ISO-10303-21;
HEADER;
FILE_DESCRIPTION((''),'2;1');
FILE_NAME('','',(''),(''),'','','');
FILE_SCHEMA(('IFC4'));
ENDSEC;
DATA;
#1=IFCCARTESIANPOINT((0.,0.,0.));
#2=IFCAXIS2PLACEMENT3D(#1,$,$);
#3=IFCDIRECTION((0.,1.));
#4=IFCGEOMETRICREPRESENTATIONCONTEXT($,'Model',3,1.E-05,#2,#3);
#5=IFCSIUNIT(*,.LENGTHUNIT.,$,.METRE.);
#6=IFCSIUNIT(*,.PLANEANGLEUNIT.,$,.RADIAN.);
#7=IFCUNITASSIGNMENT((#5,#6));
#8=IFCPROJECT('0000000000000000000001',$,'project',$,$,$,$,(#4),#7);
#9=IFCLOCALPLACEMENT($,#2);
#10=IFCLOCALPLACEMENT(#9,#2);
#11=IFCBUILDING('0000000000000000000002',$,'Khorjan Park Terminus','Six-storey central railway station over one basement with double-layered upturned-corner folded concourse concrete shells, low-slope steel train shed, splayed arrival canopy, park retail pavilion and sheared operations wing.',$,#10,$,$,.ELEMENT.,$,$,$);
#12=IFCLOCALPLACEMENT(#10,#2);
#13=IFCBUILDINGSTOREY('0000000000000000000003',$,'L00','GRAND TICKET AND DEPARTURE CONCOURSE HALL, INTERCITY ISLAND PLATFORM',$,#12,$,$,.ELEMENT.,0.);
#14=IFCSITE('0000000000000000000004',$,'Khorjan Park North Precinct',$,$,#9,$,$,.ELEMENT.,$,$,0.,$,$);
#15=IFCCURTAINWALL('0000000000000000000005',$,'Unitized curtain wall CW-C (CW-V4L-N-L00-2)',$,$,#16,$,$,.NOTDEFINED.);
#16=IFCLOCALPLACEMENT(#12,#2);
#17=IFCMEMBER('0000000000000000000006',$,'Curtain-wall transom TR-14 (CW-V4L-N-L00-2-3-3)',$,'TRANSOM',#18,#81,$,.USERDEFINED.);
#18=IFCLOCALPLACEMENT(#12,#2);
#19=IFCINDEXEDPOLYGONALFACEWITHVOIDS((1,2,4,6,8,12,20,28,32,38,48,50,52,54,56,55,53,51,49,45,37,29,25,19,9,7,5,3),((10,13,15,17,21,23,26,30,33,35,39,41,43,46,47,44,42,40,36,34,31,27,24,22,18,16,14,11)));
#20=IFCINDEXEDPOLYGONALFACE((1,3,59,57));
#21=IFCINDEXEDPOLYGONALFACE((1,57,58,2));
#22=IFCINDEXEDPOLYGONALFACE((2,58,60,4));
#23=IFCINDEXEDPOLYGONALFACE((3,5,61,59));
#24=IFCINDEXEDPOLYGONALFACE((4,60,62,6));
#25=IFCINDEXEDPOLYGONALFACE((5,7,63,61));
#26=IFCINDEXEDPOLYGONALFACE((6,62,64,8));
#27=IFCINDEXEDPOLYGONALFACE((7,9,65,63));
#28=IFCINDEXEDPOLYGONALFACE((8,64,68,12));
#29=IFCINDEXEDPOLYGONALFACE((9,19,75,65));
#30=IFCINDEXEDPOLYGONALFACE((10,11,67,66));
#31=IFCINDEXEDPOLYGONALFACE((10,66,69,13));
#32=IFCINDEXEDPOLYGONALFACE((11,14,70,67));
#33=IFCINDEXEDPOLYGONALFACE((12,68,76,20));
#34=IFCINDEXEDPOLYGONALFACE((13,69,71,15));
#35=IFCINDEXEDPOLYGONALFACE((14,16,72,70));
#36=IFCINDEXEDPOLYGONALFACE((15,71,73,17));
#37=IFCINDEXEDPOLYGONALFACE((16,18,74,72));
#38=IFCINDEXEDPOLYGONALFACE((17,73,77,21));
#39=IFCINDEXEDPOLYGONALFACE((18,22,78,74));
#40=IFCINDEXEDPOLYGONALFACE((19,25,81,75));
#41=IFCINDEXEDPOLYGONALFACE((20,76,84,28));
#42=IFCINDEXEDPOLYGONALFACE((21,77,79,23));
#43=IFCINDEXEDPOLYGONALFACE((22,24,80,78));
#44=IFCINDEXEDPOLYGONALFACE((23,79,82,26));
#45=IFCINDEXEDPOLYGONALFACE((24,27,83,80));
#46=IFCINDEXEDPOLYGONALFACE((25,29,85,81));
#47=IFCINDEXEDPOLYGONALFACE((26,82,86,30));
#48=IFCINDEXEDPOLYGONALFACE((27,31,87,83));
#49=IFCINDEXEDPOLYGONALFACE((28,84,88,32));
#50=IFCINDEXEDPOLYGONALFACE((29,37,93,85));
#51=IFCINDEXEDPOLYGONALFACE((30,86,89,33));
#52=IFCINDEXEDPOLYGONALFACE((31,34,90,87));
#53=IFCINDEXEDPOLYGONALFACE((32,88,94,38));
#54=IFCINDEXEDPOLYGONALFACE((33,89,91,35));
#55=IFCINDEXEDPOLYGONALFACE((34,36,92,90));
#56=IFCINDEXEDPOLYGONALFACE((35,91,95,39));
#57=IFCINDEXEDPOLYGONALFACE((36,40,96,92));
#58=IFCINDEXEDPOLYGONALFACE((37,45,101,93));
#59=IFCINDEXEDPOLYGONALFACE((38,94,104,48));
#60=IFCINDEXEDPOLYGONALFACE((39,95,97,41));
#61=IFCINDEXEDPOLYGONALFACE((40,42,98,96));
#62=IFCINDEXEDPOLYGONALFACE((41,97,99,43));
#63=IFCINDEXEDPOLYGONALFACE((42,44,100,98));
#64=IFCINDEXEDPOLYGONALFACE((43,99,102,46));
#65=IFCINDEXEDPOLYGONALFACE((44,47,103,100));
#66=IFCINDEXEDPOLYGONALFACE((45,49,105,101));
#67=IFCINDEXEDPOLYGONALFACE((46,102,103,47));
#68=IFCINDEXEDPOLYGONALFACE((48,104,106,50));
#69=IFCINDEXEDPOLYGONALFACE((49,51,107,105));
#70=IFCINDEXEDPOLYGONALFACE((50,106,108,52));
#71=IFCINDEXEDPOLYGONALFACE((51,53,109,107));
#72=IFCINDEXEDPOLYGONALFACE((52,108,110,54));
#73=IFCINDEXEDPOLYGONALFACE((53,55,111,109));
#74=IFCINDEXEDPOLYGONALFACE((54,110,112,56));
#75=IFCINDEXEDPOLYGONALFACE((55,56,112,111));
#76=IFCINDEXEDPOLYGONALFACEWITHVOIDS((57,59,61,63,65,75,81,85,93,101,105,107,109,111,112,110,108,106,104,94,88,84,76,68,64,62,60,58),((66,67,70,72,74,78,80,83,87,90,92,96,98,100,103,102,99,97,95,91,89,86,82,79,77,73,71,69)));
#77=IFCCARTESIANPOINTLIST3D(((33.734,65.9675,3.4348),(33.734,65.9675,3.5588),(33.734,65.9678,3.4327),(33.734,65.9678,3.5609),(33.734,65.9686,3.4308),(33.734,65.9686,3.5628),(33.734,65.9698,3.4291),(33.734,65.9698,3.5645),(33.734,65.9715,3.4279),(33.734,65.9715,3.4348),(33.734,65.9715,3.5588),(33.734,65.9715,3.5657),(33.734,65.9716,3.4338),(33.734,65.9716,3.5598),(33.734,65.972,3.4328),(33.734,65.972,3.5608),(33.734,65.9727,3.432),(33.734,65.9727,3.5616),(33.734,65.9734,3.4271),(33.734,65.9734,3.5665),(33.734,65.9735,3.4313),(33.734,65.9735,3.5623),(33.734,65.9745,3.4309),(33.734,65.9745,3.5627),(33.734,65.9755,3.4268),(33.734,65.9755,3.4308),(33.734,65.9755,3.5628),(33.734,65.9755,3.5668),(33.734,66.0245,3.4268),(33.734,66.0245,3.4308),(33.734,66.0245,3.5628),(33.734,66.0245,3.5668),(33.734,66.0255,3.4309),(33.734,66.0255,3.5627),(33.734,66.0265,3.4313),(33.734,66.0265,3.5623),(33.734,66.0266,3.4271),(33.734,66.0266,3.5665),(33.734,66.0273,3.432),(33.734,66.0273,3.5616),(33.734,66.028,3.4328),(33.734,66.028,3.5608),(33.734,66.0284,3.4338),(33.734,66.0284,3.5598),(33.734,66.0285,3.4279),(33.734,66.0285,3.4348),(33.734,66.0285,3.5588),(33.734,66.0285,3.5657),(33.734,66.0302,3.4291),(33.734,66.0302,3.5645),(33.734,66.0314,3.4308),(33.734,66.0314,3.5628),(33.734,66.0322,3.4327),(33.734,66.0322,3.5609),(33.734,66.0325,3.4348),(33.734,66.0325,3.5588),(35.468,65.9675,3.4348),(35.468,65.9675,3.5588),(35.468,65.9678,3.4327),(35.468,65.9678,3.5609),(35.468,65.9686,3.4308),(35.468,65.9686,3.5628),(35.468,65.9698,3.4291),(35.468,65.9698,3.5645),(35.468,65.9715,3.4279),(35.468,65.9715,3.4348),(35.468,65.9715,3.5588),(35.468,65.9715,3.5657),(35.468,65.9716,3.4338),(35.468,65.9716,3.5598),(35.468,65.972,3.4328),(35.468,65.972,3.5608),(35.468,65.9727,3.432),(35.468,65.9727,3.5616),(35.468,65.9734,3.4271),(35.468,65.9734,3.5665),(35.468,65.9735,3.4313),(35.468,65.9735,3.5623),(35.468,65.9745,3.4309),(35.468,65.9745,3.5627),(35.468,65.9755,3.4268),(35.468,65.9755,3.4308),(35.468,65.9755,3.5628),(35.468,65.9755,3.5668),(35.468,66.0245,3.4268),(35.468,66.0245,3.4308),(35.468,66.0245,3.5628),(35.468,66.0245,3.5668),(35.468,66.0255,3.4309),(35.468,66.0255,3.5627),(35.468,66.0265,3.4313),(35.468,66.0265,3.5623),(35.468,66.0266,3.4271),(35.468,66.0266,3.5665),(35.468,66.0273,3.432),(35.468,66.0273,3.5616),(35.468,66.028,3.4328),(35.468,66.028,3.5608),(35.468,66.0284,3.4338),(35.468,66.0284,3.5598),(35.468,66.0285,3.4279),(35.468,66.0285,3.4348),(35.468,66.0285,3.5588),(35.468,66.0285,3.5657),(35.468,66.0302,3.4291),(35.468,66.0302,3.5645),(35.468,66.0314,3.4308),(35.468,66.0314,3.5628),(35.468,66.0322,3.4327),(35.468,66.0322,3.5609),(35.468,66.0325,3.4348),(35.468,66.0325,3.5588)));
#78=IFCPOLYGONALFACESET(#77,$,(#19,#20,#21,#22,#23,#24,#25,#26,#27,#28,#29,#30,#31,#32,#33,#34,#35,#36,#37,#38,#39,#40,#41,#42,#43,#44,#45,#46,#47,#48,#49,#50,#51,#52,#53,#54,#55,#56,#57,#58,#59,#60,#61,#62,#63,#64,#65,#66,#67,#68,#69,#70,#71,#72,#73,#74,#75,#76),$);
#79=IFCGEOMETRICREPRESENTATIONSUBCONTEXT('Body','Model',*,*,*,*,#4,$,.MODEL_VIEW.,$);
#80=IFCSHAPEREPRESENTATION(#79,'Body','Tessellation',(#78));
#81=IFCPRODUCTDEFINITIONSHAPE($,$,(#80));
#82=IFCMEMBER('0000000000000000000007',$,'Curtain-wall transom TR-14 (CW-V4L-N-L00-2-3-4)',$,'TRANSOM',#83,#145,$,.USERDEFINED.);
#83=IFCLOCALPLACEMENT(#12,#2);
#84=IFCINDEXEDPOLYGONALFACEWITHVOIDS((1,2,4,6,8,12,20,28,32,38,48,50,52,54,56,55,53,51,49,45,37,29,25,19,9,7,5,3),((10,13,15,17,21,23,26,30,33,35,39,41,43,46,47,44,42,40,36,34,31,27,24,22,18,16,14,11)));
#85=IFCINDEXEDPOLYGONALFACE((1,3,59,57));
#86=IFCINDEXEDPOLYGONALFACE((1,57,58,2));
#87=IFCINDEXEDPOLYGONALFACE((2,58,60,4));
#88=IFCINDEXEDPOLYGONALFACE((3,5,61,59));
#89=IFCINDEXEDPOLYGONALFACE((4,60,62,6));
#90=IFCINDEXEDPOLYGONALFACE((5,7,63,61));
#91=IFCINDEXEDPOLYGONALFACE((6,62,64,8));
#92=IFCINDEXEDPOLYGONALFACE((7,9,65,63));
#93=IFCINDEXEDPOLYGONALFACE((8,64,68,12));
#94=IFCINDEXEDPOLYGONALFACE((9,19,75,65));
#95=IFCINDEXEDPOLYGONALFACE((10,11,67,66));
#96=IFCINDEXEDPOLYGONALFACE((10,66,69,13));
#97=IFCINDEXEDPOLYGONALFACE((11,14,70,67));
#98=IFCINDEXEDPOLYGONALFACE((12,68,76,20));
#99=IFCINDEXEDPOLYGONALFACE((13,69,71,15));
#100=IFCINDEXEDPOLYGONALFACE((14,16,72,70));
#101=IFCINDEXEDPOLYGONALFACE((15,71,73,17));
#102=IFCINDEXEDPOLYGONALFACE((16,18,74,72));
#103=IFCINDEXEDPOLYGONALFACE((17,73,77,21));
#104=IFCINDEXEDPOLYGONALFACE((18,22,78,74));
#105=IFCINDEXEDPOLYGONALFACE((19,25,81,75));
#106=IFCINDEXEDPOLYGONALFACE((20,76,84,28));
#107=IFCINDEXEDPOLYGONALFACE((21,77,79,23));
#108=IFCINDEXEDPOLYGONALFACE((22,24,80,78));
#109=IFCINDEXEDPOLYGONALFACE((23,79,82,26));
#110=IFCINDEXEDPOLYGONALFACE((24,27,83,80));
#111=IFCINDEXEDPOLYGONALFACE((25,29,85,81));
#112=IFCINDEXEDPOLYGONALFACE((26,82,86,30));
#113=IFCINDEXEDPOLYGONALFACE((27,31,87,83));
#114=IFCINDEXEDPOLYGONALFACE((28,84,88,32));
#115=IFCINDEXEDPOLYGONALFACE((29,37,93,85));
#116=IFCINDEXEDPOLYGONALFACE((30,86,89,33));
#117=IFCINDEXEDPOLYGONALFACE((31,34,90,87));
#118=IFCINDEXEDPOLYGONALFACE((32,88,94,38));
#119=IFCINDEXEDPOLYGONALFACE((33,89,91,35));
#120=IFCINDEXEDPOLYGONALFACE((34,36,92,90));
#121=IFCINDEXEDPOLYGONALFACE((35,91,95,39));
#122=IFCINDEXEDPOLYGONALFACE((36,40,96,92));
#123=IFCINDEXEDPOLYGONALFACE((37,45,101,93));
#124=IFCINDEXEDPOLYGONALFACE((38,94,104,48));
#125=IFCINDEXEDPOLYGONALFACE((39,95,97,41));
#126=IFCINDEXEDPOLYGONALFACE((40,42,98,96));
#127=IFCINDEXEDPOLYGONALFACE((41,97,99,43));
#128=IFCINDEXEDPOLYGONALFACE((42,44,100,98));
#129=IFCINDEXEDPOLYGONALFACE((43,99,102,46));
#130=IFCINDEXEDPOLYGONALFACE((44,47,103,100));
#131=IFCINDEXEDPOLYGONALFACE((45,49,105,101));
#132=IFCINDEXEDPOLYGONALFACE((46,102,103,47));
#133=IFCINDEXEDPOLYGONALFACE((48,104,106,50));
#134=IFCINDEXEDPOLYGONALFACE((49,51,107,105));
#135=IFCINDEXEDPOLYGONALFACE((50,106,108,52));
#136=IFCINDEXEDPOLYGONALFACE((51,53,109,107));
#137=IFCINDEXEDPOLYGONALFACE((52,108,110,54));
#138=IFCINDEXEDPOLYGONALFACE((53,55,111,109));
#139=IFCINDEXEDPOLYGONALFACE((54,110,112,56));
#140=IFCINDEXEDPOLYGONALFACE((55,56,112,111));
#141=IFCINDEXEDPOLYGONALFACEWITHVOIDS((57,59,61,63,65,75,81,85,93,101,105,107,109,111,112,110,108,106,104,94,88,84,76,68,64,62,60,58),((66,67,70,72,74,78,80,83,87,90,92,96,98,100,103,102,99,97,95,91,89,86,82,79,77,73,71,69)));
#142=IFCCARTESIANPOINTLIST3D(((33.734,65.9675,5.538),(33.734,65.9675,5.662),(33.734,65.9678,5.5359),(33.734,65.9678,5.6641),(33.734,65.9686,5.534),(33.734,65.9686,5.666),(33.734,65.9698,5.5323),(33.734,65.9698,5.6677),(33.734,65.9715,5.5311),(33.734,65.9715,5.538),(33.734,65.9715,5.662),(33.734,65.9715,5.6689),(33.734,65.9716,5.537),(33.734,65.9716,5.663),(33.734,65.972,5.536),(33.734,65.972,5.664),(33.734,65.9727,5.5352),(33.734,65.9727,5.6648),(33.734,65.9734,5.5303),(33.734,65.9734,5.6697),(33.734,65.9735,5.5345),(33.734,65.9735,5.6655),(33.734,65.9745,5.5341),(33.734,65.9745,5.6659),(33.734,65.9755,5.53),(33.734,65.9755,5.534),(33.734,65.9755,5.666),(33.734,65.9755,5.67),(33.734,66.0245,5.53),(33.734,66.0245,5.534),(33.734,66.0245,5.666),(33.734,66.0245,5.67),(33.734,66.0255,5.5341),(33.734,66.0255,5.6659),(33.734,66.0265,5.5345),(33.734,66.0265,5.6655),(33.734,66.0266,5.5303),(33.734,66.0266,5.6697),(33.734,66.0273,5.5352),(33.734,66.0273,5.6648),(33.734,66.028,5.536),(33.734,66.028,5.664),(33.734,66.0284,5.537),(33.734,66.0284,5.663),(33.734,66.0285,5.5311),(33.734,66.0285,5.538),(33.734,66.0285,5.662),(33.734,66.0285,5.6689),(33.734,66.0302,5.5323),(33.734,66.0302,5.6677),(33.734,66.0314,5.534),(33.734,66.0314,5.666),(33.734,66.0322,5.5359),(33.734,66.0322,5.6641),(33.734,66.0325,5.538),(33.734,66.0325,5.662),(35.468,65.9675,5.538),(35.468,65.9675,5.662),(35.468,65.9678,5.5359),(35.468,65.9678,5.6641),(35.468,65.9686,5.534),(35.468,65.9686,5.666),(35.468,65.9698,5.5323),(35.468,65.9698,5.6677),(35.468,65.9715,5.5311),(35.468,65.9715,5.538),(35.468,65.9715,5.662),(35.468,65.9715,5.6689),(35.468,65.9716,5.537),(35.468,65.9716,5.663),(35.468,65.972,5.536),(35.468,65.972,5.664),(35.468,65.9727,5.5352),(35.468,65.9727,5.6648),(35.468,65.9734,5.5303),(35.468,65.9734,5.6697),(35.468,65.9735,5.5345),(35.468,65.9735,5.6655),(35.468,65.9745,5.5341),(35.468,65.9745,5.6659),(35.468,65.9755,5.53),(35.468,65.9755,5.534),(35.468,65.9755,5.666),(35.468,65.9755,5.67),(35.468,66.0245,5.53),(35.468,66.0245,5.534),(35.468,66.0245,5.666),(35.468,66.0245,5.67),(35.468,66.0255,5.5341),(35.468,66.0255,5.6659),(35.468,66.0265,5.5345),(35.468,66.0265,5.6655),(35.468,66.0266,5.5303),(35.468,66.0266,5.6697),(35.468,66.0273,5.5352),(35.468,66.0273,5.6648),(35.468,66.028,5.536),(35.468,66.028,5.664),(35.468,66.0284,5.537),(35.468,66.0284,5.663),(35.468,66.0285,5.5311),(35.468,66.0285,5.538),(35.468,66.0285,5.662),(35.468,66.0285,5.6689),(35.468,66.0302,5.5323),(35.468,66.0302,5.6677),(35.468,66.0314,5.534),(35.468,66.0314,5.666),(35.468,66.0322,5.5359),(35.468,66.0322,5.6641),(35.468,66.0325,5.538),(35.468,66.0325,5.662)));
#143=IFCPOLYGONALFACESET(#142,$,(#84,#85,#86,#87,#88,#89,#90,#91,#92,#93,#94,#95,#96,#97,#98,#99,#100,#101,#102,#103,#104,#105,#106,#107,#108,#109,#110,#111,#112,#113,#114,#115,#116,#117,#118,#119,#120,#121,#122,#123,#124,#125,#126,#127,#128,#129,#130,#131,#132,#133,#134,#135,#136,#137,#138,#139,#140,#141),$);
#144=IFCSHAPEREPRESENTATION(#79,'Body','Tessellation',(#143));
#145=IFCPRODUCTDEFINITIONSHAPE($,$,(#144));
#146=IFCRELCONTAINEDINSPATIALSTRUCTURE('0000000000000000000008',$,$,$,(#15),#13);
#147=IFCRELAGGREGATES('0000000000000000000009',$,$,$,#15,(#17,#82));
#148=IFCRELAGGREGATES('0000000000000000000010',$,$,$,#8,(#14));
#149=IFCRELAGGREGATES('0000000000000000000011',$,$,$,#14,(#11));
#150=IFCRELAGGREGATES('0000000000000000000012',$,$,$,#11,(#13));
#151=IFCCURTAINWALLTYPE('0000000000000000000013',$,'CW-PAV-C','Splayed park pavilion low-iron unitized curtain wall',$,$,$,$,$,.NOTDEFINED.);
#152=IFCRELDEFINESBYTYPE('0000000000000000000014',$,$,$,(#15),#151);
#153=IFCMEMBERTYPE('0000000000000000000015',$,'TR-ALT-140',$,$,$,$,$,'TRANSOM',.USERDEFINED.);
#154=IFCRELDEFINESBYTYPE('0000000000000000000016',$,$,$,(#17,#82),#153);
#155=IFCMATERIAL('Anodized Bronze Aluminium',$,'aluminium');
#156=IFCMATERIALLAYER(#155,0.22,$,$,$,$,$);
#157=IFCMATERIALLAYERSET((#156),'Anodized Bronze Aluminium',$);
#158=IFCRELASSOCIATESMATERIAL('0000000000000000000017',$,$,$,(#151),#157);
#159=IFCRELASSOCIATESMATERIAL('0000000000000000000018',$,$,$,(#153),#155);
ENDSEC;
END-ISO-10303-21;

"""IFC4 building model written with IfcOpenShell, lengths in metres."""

from ifc_helpers import new_model, si_unit, direction, frame, origin, origin_2d, place, context, subcontext, project, spatial, hollow_rectangle, extrude, material, layer, layer_set, material_profile, profile_set, type_object, element, aggregate, save


model = new_model("IFC4")

# Units and contexts
model_context = context("Model", 3, precision=1e-05, world=origin(), true_north=direction((0.0, 1.0)))
body_context = subcontext(model_context, "Body", "Model", "MODEL_VIEW")
ifc_project = project(units=[si_unit("LENGTHUNIT", "METRE"), si_unit("PLANEANGLEUNIT", "RADIAN")], contexts=[model_context])

# Site, building, storey
site_placement = place(None, origin())
site = spatial("IfcSite", under=ifc_project, at=site_placement, Name="Khorjan Park North Precinct", CompositionType="ELEMENT", RefElevation=0.0)
building_placement = place(site_placement, origin())
building = spatial("IfcBuilding", under=site, at=building_placement, Name="Khorjan Park Terminus", Description="Six-storey central railway station over one basement with double-layered upturned-corner folded concourse concrete shells, low-slope steel train shed, splayed arrival canopy, park retail pavilion and sheared operations wing.", CompositionType="ELEMENT")
storey_placement = place(building_placement, origin())
storey = spatial("IfcBuildingStorey", under=building, at=storey_placement, Name="L00", Description="GRAND TICKET AND DEPARTURE CONCOURSE HALL, INTERCITY ISLAND PLATFORM", CompositionType="ELEMENT", Elevation=0.0)

# Shared definitions
ifc_material_1 = material(Name="Anodized Bronze Aluminium", Category="aluminium")
ifc_layer_1 = layer(ifc_material_1, 0.22)
ifc_layer_set_1 = layer_set([ifc_layer_1], Name="Anodized Bronze Aluminium")
curtain_wall_type = type_object("IfcCurtainWallType", Name="CW-PAV-C", Description="Splayed park pavilion low-iron unitized curtain wall", PredefinedType="NOTDEFINED", material=ifc_layer_set_1)

# Curtain wall
curtain_wall_1_placement = place(storey_placement, origin())
curtain_wall_1 = element("IfcCurtainWall", 1, at=curtain_wall_1_placement, inside=storey, type_object=curtain_wall_type, Name="Unitized curtain wall CW-C (CW-V4L-N-L00-2)", PredefinedType="NOTDEFINED")

# Members
ifc_material_profile_1 = material_profile(ifc_material_1, hollow_rectangle(XDim=0.065, YDim=0.14, WallThickness=0.004, InnerFilletRadius=0.004, OuterFilletRadius=0.008, at=origin_2d()), Name="ALT 65x140x4")
ifc_profile_set_1 = profile_set([ifc_material_profile_1], Name="Anodized Bronze Aluminium")
member_type_1 = type_object("IfcMemberType", Name="TR-ALT-140", ElementType="TRANSOM", PredefinedType="USERDEFINED", material=ifc_profile_set_1)
member_1_placement = place(storey_placement, frame((35.468, 66.0, 3.4968), z_axis=(-1.0, 0.0, 0.0), x_axis=(0.0, -1.0, 0.0)))
member_1 = element("IfcMember", 2, at=member_1_placement, type_object=member_type_1, Name="Curtain-wall transom TR-14 (CW-V4L-N-L00-2-3-3)", ObjectType="TRANSOM", PredefinedType="USERDEFINED", context=body_context, shape_type="SweptSolid", body=[
    extrude(hollow_rectangle(XDim=0.065, YDim=0.14, WallThickness=0.004, InnerFilletRadius=0.004, OuterFilletRadius=0.008, at=origin_2d()), origin(), (0.0, 0.0, 1.0), 1.734),
])
member_2_placement = place(storey_placement, frame((35.468, 66.0, 5.6), z_axis=(-1.0, 0.0, 0.0), x_axis=(0.0, -1.0, 0.0)))
member_2 = element("IfcMember", 3, at=member_2_placement, type_object=member_type_1, Name="Curtain-wall transom TR-14 (CW-V4L-N-L00-2-3-4)", ObjectType="TRANSOM", PredefinedType="USERDEFINED", context=body_context, shape_type="SweptSolid", body=[
    extrude(hollow_rectangle(XDim=0.065, YDim=0.14, WallThickness=0.004, InnerFilletRadius=0.004, OuterFilletRadius=0.008, at=origin_2d()), origin(), (0.0, 0.0, 1.0), 1.734),
])

aggregate(curtain_wall_1, [member_1, member_2])

save(model, "model.ifc")
